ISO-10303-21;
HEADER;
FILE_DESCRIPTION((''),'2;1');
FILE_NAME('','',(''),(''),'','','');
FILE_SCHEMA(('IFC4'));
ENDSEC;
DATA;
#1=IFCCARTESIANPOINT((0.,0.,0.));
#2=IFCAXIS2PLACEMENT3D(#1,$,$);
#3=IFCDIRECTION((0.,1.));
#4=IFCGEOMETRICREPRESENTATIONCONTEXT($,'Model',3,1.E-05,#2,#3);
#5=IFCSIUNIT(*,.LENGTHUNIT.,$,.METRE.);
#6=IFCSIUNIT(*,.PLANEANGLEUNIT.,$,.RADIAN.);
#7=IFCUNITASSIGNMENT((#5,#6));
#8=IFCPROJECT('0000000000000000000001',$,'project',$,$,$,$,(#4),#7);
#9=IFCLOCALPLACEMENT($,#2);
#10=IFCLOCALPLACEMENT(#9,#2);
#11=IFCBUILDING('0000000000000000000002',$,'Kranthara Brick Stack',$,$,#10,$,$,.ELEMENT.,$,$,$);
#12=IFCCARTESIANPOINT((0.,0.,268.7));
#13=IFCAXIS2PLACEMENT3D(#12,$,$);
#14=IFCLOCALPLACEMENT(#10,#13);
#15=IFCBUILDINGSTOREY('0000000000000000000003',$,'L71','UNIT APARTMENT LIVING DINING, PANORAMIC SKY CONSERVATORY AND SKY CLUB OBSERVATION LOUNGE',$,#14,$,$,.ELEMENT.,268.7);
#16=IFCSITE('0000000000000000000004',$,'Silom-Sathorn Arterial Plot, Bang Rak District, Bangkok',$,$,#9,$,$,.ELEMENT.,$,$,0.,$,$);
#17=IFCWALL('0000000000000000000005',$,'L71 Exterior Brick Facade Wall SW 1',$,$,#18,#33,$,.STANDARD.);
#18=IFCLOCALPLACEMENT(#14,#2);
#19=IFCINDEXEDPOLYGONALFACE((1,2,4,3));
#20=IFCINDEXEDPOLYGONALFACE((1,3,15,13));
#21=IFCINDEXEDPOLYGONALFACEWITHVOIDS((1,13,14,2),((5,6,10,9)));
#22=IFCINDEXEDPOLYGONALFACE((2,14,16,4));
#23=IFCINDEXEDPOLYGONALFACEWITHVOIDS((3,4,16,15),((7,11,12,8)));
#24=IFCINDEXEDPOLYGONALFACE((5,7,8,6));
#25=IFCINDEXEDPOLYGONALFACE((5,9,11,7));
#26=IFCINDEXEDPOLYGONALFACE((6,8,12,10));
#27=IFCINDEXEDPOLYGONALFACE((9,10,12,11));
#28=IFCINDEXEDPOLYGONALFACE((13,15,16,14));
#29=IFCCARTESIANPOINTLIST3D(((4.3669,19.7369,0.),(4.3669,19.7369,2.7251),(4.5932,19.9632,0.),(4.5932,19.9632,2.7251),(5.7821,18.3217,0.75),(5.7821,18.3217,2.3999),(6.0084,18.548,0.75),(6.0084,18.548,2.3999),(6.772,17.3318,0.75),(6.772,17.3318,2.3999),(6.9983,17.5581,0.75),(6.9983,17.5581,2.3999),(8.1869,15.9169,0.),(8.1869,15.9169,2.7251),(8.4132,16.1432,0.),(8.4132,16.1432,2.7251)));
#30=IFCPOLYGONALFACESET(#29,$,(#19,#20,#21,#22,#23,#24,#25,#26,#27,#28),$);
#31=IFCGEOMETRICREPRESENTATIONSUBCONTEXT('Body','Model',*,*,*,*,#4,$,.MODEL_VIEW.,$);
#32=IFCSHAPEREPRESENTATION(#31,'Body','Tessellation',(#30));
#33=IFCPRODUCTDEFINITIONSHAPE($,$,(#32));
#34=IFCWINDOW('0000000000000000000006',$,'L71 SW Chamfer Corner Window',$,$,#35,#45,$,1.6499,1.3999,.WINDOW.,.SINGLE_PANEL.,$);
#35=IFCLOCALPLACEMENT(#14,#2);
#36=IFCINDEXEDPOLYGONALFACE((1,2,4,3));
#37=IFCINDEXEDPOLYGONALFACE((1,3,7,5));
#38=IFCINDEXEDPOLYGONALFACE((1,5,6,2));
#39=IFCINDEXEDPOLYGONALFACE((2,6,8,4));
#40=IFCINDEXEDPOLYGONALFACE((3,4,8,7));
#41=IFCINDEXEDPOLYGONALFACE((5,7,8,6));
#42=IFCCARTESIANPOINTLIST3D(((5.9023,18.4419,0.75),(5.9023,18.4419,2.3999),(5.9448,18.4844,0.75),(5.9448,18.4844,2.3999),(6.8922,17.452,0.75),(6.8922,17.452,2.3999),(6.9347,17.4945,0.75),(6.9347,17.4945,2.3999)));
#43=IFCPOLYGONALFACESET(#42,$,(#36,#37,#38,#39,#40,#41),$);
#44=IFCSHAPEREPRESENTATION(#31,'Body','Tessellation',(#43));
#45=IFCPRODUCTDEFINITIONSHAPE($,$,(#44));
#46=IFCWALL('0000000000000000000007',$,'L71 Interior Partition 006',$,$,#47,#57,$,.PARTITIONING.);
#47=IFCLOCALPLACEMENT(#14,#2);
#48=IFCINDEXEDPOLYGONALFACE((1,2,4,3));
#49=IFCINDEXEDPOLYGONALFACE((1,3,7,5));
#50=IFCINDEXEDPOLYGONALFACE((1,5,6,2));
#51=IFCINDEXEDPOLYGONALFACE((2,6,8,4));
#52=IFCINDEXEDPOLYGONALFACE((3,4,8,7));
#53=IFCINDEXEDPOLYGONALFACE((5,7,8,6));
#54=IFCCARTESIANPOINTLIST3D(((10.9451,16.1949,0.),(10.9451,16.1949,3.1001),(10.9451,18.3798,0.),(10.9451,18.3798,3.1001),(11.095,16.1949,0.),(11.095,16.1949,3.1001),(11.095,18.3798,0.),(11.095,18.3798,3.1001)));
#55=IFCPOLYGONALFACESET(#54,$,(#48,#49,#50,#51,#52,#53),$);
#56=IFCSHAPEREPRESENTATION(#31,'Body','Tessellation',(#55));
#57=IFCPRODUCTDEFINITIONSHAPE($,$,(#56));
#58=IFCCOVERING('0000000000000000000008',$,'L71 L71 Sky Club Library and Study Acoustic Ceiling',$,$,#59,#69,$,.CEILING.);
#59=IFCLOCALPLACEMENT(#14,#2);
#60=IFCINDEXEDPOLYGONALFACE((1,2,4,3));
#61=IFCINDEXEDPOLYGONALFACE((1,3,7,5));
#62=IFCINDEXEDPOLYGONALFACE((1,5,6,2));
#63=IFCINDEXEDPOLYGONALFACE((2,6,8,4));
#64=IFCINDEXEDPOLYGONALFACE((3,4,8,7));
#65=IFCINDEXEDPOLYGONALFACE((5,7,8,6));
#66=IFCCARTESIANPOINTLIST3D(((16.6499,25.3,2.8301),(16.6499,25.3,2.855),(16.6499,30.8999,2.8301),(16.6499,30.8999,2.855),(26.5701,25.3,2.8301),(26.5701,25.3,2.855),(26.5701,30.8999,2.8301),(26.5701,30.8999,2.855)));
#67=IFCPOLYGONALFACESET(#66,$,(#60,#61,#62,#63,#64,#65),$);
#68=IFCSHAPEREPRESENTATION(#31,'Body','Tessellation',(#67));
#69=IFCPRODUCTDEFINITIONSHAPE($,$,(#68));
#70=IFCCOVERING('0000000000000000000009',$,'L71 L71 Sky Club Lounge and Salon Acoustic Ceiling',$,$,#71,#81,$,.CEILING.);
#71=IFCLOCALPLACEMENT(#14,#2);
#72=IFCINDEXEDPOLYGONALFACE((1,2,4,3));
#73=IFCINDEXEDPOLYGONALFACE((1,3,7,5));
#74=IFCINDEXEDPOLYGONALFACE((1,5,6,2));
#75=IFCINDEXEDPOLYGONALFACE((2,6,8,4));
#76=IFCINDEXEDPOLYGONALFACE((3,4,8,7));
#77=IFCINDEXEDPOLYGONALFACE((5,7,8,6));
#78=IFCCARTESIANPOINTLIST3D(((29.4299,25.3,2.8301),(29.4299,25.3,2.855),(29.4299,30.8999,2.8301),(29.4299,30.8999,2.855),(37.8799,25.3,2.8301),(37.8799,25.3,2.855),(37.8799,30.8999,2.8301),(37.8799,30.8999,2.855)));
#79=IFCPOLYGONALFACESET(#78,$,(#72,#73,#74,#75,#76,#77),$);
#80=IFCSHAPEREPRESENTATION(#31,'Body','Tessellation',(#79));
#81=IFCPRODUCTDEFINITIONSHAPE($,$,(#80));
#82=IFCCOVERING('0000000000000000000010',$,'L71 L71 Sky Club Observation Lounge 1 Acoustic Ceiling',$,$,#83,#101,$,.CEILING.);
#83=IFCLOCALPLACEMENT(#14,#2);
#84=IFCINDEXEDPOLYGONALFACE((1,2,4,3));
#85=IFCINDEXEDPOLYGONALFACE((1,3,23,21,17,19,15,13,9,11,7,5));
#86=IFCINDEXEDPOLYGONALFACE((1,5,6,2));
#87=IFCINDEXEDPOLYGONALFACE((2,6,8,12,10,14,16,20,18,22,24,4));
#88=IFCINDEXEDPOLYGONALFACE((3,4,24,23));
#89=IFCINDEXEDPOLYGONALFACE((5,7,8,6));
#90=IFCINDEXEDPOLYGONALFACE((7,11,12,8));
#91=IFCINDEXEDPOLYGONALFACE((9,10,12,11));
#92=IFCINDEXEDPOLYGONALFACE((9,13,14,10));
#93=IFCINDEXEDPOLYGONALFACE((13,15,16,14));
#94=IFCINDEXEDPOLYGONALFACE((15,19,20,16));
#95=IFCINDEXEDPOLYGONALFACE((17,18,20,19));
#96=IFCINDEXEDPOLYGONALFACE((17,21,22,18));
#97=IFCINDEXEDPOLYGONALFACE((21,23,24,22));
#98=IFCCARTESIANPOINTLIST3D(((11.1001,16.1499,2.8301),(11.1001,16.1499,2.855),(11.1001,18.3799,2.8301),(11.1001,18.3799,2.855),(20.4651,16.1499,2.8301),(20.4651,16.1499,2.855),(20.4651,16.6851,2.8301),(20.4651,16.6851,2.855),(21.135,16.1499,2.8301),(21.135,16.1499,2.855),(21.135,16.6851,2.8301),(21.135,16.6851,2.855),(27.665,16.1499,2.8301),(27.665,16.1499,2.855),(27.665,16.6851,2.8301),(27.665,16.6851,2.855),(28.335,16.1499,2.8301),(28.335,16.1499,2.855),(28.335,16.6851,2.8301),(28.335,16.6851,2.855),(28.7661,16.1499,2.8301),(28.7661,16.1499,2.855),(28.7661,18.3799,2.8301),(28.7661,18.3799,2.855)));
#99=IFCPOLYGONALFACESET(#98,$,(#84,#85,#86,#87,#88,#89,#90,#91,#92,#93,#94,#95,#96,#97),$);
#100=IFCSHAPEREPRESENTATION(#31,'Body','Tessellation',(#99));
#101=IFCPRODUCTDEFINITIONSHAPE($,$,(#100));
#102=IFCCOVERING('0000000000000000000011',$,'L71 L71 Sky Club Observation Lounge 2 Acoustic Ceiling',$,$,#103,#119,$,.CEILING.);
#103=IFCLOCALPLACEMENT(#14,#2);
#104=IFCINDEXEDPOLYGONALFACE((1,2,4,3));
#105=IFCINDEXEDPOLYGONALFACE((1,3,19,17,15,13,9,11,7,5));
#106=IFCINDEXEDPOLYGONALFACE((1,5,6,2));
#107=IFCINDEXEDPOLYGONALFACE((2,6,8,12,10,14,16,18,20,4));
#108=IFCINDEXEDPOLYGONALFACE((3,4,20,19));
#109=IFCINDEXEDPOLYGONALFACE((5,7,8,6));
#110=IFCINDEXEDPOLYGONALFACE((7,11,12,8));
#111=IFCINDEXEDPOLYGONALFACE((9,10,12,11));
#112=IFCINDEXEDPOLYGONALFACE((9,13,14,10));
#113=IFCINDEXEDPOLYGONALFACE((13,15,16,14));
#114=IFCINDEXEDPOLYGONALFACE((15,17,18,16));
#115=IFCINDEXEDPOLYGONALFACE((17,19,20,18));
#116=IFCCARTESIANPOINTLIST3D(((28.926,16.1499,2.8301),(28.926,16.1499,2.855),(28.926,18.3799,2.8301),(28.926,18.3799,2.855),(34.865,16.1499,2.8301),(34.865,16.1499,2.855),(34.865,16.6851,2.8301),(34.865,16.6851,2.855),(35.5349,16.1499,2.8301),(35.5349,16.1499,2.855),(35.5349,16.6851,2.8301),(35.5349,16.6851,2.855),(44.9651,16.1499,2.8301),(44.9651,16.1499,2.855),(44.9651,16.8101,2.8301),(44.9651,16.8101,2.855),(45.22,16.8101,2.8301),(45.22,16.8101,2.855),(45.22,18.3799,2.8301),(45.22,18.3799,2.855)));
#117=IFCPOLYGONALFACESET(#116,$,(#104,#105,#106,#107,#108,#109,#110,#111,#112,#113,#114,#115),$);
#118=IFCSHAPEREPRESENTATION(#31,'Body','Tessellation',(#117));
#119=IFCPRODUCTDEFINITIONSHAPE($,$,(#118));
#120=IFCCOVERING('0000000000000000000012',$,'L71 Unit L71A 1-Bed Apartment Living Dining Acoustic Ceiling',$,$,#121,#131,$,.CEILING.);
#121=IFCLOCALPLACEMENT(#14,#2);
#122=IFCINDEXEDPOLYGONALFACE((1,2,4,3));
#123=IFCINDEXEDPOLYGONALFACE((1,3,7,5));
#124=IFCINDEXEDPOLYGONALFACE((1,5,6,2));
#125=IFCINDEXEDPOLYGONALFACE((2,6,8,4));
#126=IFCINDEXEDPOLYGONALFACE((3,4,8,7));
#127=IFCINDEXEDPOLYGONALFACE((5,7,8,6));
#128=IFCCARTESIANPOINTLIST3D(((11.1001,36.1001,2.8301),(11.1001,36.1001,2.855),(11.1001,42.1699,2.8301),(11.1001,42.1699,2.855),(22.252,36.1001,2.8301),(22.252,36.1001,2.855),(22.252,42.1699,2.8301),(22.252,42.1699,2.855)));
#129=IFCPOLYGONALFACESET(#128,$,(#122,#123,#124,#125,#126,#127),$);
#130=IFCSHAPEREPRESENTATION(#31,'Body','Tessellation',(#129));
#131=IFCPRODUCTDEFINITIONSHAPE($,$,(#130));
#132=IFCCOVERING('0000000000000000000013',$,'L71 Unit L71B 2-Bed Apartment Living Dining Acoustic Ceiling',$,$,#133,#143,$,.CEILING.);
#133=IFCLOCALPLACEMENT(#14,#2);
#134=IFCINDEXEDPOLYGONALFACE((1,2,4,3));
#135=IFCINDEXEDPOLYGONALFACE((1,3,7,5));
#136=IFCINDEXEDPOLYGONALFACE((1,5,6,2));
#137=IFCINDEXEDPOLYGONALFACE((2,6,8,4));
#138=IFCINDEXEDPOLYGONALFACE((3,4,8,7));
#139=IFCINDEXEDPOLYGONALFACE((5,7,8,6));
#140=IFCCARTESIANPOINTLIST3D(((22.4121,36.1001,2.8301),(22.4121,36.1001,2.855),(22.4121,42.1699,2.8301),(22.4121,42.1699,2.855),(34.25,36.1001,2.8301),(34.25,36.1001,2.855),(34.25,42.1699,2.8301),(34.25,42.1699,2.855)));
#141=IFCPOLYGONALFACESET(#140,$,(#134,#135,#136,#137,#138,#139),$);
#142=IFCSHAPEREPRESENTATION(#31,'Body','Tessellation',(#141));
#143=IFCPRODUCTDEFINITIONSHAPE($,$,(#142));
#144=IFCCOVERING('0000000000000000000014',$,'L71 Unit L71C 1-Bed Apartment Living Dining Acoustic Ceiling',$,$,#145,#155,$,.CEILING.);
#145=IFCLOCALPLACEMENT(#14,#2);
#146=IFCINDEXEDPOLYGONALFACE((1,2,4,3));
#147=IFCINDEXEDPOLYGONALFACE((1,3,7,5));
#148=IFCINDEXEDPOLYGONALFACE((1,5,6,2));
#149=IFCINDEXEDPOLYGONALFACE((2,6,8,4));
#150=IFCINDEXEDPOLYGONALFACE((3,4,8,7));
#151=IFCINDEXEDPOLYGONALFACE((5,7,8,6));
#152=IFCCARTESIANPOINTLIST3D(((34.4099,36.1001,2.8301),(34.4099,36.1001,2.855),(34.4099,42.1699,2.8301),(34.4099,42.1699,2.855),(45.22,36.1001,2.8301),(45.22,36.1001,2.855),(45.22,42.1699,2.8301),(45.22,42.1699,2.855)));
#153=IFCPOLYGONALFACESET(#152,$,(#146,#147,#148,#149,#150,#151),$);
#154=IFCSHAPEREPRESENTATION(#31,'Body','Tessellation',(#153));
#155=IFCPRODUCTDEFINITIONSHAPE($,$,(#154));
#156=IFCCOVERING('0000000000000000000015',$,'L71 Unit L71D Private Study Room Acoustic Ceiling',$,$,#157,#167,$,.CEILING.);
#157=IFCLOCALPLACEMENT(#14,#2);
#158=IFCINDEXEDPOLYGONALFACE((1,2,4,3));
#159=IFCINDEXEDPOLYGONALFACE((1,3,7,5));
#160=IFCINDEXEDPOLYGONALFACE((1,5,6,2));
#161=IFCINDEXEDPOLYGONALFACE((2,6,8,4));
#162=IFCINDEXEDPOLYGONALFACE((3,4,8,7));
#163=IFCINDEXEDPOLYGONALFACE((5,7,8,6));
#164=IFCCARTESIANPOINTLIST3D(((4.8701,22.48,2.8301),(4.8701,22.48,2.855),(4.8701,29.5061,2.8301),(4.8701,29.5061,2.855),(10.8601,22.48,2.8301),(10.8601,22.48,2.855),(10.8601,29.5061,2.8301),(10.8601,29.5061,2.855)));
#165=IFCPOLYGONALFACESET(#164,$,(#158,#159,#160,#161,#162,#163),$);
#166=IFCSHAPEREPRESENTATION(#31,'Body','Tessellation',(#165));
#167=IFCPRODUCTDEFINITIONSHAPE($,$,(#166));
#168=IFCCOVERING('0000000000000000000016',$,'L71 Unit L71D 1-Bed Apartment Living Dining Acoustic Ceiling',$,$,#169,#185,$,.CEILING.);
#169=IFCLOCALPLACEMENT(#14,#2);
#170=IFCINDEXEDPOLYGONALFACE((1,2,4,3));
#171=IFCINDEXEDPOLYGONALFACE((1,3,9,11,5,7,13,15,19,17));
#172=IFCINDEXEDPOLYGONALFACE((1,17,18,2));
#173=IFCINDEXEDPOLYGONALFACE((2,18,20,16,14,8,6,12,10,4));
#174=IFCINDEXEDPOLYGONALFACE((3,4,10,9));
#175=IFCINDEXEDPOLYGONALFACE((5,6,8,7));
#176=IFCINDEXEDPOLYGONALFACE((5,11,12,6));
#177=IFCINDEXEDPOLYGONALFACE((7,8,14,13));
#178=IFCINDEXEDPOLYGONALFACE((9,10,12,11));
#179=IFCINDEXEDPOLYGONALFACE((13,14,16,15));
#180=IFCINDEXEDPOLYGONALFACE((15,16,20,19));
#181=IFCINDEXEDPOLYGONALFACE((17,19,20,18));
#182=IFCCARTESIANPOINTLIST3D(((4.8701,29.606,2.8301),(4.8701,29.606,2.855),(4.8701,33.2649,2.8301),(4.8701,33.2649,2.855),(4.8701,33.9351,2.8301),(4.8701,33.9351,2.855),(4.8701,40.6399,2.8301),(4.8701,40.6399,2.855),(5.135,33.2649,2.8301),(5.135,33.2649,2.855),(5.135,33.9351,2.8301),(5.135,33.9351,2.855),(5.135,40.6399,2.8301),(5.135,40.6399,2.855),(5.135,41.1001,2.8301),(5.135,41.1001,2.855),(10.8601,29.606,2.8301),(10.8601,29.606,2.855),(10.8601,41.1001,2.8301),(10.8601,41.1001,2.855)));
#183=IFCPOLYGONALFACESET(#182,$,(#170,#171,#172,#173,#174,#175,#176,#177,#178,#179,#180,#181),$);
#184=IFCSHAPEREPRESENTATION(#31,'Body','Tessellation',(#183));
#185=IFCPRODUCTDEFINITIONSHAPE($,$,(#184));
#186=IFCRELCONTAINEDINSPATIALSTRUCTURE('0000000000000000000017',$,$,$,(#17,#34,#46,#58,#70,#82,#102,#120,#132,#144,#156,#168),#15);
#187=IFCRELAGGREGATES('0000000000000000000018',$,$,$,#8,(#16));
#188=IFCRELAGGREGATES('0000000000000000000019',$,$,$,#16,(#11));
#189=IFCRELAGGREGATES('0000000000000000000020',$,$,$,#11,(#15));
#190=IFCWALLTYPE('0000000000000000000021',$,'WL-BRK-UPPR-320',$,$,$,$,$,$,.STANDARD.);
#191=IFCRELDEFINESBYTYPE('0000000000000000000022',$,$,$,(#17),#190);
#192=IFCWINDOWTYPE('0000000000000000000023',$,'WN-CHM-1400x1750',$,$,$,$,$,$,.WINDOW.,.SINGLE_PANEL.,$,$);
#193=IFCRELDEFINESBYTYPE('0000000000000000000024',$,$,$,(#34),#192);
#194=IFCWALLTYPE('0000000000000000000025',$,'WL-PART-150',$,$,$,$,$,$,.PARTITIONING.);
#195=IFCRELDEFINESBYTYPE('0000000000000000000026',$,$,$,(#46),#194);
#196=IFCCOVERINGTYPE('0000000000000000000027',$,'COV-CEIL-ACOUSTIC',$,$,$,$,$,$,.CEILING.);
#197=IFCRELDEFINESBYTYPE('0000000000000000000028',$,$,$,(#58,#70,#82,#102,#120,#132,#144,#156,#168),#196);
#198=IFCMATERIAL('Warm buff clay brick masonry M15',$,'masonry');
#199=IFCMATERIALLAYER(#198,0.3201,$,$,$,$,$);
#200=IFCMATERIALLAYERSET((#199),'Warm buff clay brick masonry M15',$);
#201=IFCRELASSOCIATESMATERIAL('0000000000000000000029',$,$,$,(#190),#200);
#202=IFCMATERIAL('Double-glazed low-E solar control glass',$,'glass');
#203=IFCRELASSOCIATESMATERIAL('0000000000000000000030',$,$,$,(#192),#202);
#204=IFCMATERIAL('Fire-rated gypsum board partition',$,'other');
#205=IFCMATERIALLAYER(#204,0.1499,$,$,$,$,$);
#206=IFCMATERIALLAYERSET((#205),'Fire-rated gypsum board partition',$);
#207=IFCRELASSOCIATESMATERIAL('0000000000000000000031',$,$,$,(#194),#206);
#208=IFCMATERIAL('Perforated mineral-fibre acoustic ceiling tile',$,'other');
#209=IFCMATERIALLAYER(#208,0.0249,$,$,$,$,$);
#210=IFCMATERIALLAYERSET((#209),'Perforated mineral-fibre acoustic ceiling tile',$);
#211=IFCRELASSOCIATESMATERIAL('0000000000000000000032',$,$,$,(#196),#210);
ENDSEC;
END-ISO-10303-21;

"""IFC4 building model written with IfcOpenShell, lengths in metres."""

from ifc_helpers import new_model, si_unit, direction, frame, frame_2d, origin, place, context, subcontext, project, spatial, polyline, rectangle, outline, extrude, material, layer, layer_set, type_object, element, fill, save


model = new_model("IFC4")

# Units and contexts
model_context = context("Model", 3, precision=1e-05, world=origin(), true_north=direction((0.0, 1.0)))
body_context = subcontext(model_context, "Body", "Model", "MODEL_VIEW")
ifc_project = project(units=[si_unit("LENGTHUNIT", "METRE"), si_unit("PLANEANGLEUNIT", "RADIAN")], contexts=[model_context])

# Site, building, storey
site_placement = place(None, origin())
site = spatial("IfcSite", under=ifc_project, at=site_placement, Name="Silom-Sathorn Arterial Plot, Bang Rak District, Bangkok", CompositionType="ELEMENT", RefElevation=0.0)
building_placement = place(site_placement, origin())
building = spatial("IfcBuilding", under=site, at=building_placement, Name="Kranthara Brick Stack", CompositionType="ELEMENT")
storey_placement = place(building_placement, frame((0.0, 0.0, 268.7)))
storey = spatial("IfcBuildingStorey", under=building, at=storey_placement, Name="L71", Description="UNIT APARTMENT LIVING DINING, PANORAMIC SKY CONSERVATORY AND SKY CLUB OBSERVATION LOUNGE", CompositionType="ELEMENT", Elevation=268.7)

# Wall, opening, window
ifc_material_1 = material(Name="Warm buff clay brick masonry M15", Category="masonry")
ifc_layer_1 = layer(ifc_material_1, 0.3201)
ifc_layer_set_1 = layer_set([ifc_layer_1], Name="Warm buff clay brick masonry M15")
wall_type_1 = type_object("IfcWallType", Name="WL-BRK-UPPR-320", PredefinedType="STANDARD", material=ifc_layer_set_1)
wall_1_placement = place(storey_placement, frame((8.3, 16.03, 0.0), z_axis=(0.0, 0.0, 1.0), x_axis=(-0.707107, 0.707107, 0.0)))
wall_1 = element("IfcWall", 1, at=wall_1_placement, inside=storey, type_object=wall_type_1, Name="L71 Exterior Brick Facade Wall SW 1", PredefinedType="STANDARD", context=body_context, shape_type="SweptSolid", body=[
    extrude(rectangle(XDim=5.4023, YDim=0.3201, at=frame_2d((2.7012, 0.0))), origin(), (0.0, 0.0, 1.0), 2.7251),
])
opening_1_placement = place(wall_1_placement, frame((2.001, 0.0, 0.75)))
opening_1 = element("IfcOpeningElement", 2, at=opening_1_placement, cuts=wall_1, PredefinedType="OPENING", context=body_context, shape_type="SweptSolid", body=[
    extrude(rectangle(XDim=1.3999, YDim=1.6499, at=frame_2d((0.7, 0.825))), frame((0.0, 0.1699, 0.0), z_axis=(0.0, -1.0, 0.0), x_axis=(1.0, 0.0, 0.0)), (0.0, 0.0, 1.0), 0.3401),
])
ifc_material_2 = material(Name="Double-glazed low-E solar control glass", Category="glass")
window_type = type_object("IfcWindowType", Name="WN-CHM-1400x1750", PartitioningType="SINGLE_PANEL", PredefinedType="WINDOW", material=ifc_material_2)
window_placement = place(opening_1_placement, origin())
window = element("IfcWindow", 3, at=window_placement, inside=storey, type_object=window_type, Name="L71 SW Chamfer Corner Window", OverallHeight=1.6499, OverallWidth=1.3999, PartitioningType="SINGLE_PANEL", PredefinedType="WINDOW", context=body_context, shape_type="SweptSolid", body=[
    extrude(rectangle(XDim=1.3999, YDim=1.6499, at=frame_2d((0.7, 0.825))), frame((0.0, -0.01, 0.0), z_axis=(0.0, -1.0, 0.0), x_axis=(1.0, 0.0, 0.0)), (0.0, 0.0, 1.0), 0.0601),
])
fill(opening_1, window)

# Wall
ifc_material_3 = material(Name="Fire-rated gypsum board partition", Category="other")
ifc_layer_2 = layer(ifc_material_3, 0.1499)
ifc_layer_set_2 = layer_set([ifc_layer_2], Name="Fire-rated gypsum board partition")
wall_type_2 = type_object("IfcWallType", Name="WL-PART-150", PredefinedType="PARTITIONING", material=ifc_layer_set_2)
wall_2_placement = place(storey_placement, frame((11.02, 16.1951, 0.0), z_axis=(0.0, 0.0, 1.0), x_axis=(0.0, 1.0, 0.0)))
element("IfcWall", 4, at=wall_2_placement, inside=storey, type_object=wall_type_2, Name="L71 Interior Partition 006", PredefinedType="PARTITIONING", context=body_context, shape_type="SweptSolid", body=[
    extrude(rectangle(XDim=2.1848, YDim=0.1499, at=frame_2d((1.0923, 0.0))), origin(), (0.0, 0.0, 1.0), 3.1001),
])

# Coverings
ifc_material_4 = material(Name="Perforated mineral-fibre acoustic ceiling tile", Category="other")
ifc_layer_3 = layer(ifc_material_4, 0.0249)
ifc_layer_set_3 = layer_set([ifc_layer_3], Name="Perforated mineral-fibre acoustic ceiling tile")
covering_type_1 = type_object("IfcCoveringType", Name="COV-CEIL-ACOUSTIC", PredefinedType="CEILING", material=ifc_layer_set_3)
covering_1_placement = place(storey_placement, frame((0.0, 0.0, 2.8301)))
element("IfcCovering", 5, at=covering_1_placement, inside=storey, type_object=covering_type_1, Name="L71 L71 Sky Club Library and Study Acoustic Ceiling", PredefinedType="CEILING", context=body_context, shape_type="SweptSolid", body=[
    extrude(outline(polyline([(26.5701, 25.3), (26.5701, 30.8999), (16.6499, 30.8999), (16.6499, 25.3), (26.5701, 25.3)])), origin(), (0.0, 0.0, 1.0), 0.0249),
])
covering_2_placement = place(storey_placement, frame((0.0, 0.0, 2.8301)))
element("IfcCovering", 6, at=covering_2_placement, inside=storey, type_object=covering_type_1, Name="L71 L71 Sky Club Lounge and Salon Acoustic Ceiling", PredefinedType="CEILING", context=body_context, shape_type="SweptSolid", body=[
    extrude(outline(polyline([(37.8799, 25.3), (37.8799, 30.8999), (29.4299, 30.8999), (29.4299, 25.3), (37.8799, 25.3)])), origin(), (0.0, 0.0, 1.0), 0.0249),
])
covering_3_placement = place(storey_placement, frame((0.0, 0.0, 2.8301)))
element("IfcCovering", 7, at=covering_3_placement, inside=storey, type_object=covering_type_1, Name="L71 L71 Sky Club Observation Lounge 1 Acoustic Ceiling", PredefinedType="CEILING", context=body_context, shape_type="SweptSolid", body=[
    extrude(outline(polyline([(11.1001, 18.3799), (28.7661, 18.3799), (28.7661, 16.1499), (28.335, 16.1499), (28.335, 16.6851), (27.665, 16.6851), (27.665, 16.1499), (21.135, 16.1499), (21.135, 16.6851), (20.4651, 16.6851), (20.4651, 16.1499), (11.1001, 16.1499), (11.1001, 18.3799)])), origin(), (0.0, 0.0, 1.0), 0.0249),
])
covering_4_placement = place(storey_placement, frame((0.0, 0.0, 2.8301)))
element("IfcCovering", 8, at=covering_4_placement, inside=storey, type_object=covering_type_1, Name="L71 L71 Sky Club Observation Lounge 2 Acoustic Ceiling", PredefinedType="CEILING", context=body_context, shape_type="SweptSolid", body=[
    extrude(outline(polyline([(28.926, 18.3799), (45.22, 18.3799), (45.22, 16.8101), (44.9651, 16.8101), (44.9651, 16.1499), (35.5349, 16.1499), (35.5349, 16.6851), (34.865, 16.6851), (34.865, 16.1499), (28.926, 16.1499), (28.926, 18.3799)])), origin(), (0.0, 0.0, 1.0), 0.0249),
])
covering_5_placement = place(storey_placement, frame((0.0, 0.0, 2.8301)))
element("IfcCovering", 9, at=covering_5_placement, inside=storey, type_object=covering_type_1, Name="L71 Unit L71A 1-Bed Apartment Living Dining Acoustic Ceiling", PredefinedType="CEILING", context=body_context, shape_type="SweptSolid", body=[
    extrude(outline(polyline([(22.252, 36.1001), (22.252, 42.1699), (11.1001, 42.1699), (11.1001, 36.1001), (22.252, 36.1001)])), origin(), (0.0, 0.0, 1.0), 0.0249),
])
covering_6_placement = place(storey_placement, frame((0.0, 0.0, 2.8301)))
element("IfcCovering", 10, at=covering_6_placement, inside=storey, type_object=covering_type_1, Name="L71 Unit L71B 2-Bed Apartment Living Dining Acoustic Ceiling", PredefinedType="CEILING", context=body_context, shape_type="SweptSolid", body=[
    extrude(outline(polyline([(34.25, 36.1001), (34.25, 42.1699), (22.4121, 42.1699), (22.4121, 36.1001), (34.25, 36.1001)])), origin(), (0.0, 0.0, 1.0), 0.0249),
])
covering_7_placement = place(storey_placement, frame((0.0, 0.0, 2.8301)))
element("IfcCovering", 11, at=covering_7_placement, inside=storey, type_object=covering_type_1, Name="L71 Unit L71C 1-Bed Apartment Living Dining Acoustic Ceiling", PredefinedType="CEILING", context=body_context, shape_type="SweptSolid", body=[
    extrude(outline(polyline([(45.22, 36.1001), (45.22, 42.1699), (34.4099, 42.1699), (34.4099, 36.1001), (45.22, 36.1001)])), origin(), (0.0, 0.0, 1.0), 0.0249),
])
covering_8_placement = place(storey_placement, frame((0.0, 0.0, 2.8301)))
element("IfcCovering", 12, at=covering_8_placement, inside=storey, type_object=covering_type_1, Name="L71 Unit L71D Private Study Room Acoustic Ceiling", PredefinedType="CEILING", context=body_context, shape_type="SweptSolid", body=[
    extrude(outline(polyline([(10.8601, 22.48), (10.8601, 29.5061), (4.8701, 29.5061), (4.8701, 22.48), (10.8601, 22.48)])), origin(), (0.0, 0.0, 1.0), 0.0249),
])
covering_9_placement = place(storey_placement, frame((0.0, 0.0, 2.8301)))
element("IfcCovering", 13, at=covering_9_placement, inside=storey, type_object=covering_type_1, Name="L71 Unit L71D 1-Bed Apartment Living Dining Acoustic Ceiling", PredefinedType="CEILING", context=body_context, shape_type="SweptSolid", body=[
    extrude(outline(polyline([(10.8601, 41.1001), (10.8601, 29.606), (4.8701, 29.606), (4.8701, 33.2649), (5.135, 33.2649), (5.135, 33.9351), (4.8701, 33.9351), (4.8701, 40.6399), (5.135, 40.6399), (5.135, 41.1001), (10.8601, 41.1001)])), origin(), (0.0, 0.0, 1.0), 0.0249),
])

save(model, "model.ifc")
